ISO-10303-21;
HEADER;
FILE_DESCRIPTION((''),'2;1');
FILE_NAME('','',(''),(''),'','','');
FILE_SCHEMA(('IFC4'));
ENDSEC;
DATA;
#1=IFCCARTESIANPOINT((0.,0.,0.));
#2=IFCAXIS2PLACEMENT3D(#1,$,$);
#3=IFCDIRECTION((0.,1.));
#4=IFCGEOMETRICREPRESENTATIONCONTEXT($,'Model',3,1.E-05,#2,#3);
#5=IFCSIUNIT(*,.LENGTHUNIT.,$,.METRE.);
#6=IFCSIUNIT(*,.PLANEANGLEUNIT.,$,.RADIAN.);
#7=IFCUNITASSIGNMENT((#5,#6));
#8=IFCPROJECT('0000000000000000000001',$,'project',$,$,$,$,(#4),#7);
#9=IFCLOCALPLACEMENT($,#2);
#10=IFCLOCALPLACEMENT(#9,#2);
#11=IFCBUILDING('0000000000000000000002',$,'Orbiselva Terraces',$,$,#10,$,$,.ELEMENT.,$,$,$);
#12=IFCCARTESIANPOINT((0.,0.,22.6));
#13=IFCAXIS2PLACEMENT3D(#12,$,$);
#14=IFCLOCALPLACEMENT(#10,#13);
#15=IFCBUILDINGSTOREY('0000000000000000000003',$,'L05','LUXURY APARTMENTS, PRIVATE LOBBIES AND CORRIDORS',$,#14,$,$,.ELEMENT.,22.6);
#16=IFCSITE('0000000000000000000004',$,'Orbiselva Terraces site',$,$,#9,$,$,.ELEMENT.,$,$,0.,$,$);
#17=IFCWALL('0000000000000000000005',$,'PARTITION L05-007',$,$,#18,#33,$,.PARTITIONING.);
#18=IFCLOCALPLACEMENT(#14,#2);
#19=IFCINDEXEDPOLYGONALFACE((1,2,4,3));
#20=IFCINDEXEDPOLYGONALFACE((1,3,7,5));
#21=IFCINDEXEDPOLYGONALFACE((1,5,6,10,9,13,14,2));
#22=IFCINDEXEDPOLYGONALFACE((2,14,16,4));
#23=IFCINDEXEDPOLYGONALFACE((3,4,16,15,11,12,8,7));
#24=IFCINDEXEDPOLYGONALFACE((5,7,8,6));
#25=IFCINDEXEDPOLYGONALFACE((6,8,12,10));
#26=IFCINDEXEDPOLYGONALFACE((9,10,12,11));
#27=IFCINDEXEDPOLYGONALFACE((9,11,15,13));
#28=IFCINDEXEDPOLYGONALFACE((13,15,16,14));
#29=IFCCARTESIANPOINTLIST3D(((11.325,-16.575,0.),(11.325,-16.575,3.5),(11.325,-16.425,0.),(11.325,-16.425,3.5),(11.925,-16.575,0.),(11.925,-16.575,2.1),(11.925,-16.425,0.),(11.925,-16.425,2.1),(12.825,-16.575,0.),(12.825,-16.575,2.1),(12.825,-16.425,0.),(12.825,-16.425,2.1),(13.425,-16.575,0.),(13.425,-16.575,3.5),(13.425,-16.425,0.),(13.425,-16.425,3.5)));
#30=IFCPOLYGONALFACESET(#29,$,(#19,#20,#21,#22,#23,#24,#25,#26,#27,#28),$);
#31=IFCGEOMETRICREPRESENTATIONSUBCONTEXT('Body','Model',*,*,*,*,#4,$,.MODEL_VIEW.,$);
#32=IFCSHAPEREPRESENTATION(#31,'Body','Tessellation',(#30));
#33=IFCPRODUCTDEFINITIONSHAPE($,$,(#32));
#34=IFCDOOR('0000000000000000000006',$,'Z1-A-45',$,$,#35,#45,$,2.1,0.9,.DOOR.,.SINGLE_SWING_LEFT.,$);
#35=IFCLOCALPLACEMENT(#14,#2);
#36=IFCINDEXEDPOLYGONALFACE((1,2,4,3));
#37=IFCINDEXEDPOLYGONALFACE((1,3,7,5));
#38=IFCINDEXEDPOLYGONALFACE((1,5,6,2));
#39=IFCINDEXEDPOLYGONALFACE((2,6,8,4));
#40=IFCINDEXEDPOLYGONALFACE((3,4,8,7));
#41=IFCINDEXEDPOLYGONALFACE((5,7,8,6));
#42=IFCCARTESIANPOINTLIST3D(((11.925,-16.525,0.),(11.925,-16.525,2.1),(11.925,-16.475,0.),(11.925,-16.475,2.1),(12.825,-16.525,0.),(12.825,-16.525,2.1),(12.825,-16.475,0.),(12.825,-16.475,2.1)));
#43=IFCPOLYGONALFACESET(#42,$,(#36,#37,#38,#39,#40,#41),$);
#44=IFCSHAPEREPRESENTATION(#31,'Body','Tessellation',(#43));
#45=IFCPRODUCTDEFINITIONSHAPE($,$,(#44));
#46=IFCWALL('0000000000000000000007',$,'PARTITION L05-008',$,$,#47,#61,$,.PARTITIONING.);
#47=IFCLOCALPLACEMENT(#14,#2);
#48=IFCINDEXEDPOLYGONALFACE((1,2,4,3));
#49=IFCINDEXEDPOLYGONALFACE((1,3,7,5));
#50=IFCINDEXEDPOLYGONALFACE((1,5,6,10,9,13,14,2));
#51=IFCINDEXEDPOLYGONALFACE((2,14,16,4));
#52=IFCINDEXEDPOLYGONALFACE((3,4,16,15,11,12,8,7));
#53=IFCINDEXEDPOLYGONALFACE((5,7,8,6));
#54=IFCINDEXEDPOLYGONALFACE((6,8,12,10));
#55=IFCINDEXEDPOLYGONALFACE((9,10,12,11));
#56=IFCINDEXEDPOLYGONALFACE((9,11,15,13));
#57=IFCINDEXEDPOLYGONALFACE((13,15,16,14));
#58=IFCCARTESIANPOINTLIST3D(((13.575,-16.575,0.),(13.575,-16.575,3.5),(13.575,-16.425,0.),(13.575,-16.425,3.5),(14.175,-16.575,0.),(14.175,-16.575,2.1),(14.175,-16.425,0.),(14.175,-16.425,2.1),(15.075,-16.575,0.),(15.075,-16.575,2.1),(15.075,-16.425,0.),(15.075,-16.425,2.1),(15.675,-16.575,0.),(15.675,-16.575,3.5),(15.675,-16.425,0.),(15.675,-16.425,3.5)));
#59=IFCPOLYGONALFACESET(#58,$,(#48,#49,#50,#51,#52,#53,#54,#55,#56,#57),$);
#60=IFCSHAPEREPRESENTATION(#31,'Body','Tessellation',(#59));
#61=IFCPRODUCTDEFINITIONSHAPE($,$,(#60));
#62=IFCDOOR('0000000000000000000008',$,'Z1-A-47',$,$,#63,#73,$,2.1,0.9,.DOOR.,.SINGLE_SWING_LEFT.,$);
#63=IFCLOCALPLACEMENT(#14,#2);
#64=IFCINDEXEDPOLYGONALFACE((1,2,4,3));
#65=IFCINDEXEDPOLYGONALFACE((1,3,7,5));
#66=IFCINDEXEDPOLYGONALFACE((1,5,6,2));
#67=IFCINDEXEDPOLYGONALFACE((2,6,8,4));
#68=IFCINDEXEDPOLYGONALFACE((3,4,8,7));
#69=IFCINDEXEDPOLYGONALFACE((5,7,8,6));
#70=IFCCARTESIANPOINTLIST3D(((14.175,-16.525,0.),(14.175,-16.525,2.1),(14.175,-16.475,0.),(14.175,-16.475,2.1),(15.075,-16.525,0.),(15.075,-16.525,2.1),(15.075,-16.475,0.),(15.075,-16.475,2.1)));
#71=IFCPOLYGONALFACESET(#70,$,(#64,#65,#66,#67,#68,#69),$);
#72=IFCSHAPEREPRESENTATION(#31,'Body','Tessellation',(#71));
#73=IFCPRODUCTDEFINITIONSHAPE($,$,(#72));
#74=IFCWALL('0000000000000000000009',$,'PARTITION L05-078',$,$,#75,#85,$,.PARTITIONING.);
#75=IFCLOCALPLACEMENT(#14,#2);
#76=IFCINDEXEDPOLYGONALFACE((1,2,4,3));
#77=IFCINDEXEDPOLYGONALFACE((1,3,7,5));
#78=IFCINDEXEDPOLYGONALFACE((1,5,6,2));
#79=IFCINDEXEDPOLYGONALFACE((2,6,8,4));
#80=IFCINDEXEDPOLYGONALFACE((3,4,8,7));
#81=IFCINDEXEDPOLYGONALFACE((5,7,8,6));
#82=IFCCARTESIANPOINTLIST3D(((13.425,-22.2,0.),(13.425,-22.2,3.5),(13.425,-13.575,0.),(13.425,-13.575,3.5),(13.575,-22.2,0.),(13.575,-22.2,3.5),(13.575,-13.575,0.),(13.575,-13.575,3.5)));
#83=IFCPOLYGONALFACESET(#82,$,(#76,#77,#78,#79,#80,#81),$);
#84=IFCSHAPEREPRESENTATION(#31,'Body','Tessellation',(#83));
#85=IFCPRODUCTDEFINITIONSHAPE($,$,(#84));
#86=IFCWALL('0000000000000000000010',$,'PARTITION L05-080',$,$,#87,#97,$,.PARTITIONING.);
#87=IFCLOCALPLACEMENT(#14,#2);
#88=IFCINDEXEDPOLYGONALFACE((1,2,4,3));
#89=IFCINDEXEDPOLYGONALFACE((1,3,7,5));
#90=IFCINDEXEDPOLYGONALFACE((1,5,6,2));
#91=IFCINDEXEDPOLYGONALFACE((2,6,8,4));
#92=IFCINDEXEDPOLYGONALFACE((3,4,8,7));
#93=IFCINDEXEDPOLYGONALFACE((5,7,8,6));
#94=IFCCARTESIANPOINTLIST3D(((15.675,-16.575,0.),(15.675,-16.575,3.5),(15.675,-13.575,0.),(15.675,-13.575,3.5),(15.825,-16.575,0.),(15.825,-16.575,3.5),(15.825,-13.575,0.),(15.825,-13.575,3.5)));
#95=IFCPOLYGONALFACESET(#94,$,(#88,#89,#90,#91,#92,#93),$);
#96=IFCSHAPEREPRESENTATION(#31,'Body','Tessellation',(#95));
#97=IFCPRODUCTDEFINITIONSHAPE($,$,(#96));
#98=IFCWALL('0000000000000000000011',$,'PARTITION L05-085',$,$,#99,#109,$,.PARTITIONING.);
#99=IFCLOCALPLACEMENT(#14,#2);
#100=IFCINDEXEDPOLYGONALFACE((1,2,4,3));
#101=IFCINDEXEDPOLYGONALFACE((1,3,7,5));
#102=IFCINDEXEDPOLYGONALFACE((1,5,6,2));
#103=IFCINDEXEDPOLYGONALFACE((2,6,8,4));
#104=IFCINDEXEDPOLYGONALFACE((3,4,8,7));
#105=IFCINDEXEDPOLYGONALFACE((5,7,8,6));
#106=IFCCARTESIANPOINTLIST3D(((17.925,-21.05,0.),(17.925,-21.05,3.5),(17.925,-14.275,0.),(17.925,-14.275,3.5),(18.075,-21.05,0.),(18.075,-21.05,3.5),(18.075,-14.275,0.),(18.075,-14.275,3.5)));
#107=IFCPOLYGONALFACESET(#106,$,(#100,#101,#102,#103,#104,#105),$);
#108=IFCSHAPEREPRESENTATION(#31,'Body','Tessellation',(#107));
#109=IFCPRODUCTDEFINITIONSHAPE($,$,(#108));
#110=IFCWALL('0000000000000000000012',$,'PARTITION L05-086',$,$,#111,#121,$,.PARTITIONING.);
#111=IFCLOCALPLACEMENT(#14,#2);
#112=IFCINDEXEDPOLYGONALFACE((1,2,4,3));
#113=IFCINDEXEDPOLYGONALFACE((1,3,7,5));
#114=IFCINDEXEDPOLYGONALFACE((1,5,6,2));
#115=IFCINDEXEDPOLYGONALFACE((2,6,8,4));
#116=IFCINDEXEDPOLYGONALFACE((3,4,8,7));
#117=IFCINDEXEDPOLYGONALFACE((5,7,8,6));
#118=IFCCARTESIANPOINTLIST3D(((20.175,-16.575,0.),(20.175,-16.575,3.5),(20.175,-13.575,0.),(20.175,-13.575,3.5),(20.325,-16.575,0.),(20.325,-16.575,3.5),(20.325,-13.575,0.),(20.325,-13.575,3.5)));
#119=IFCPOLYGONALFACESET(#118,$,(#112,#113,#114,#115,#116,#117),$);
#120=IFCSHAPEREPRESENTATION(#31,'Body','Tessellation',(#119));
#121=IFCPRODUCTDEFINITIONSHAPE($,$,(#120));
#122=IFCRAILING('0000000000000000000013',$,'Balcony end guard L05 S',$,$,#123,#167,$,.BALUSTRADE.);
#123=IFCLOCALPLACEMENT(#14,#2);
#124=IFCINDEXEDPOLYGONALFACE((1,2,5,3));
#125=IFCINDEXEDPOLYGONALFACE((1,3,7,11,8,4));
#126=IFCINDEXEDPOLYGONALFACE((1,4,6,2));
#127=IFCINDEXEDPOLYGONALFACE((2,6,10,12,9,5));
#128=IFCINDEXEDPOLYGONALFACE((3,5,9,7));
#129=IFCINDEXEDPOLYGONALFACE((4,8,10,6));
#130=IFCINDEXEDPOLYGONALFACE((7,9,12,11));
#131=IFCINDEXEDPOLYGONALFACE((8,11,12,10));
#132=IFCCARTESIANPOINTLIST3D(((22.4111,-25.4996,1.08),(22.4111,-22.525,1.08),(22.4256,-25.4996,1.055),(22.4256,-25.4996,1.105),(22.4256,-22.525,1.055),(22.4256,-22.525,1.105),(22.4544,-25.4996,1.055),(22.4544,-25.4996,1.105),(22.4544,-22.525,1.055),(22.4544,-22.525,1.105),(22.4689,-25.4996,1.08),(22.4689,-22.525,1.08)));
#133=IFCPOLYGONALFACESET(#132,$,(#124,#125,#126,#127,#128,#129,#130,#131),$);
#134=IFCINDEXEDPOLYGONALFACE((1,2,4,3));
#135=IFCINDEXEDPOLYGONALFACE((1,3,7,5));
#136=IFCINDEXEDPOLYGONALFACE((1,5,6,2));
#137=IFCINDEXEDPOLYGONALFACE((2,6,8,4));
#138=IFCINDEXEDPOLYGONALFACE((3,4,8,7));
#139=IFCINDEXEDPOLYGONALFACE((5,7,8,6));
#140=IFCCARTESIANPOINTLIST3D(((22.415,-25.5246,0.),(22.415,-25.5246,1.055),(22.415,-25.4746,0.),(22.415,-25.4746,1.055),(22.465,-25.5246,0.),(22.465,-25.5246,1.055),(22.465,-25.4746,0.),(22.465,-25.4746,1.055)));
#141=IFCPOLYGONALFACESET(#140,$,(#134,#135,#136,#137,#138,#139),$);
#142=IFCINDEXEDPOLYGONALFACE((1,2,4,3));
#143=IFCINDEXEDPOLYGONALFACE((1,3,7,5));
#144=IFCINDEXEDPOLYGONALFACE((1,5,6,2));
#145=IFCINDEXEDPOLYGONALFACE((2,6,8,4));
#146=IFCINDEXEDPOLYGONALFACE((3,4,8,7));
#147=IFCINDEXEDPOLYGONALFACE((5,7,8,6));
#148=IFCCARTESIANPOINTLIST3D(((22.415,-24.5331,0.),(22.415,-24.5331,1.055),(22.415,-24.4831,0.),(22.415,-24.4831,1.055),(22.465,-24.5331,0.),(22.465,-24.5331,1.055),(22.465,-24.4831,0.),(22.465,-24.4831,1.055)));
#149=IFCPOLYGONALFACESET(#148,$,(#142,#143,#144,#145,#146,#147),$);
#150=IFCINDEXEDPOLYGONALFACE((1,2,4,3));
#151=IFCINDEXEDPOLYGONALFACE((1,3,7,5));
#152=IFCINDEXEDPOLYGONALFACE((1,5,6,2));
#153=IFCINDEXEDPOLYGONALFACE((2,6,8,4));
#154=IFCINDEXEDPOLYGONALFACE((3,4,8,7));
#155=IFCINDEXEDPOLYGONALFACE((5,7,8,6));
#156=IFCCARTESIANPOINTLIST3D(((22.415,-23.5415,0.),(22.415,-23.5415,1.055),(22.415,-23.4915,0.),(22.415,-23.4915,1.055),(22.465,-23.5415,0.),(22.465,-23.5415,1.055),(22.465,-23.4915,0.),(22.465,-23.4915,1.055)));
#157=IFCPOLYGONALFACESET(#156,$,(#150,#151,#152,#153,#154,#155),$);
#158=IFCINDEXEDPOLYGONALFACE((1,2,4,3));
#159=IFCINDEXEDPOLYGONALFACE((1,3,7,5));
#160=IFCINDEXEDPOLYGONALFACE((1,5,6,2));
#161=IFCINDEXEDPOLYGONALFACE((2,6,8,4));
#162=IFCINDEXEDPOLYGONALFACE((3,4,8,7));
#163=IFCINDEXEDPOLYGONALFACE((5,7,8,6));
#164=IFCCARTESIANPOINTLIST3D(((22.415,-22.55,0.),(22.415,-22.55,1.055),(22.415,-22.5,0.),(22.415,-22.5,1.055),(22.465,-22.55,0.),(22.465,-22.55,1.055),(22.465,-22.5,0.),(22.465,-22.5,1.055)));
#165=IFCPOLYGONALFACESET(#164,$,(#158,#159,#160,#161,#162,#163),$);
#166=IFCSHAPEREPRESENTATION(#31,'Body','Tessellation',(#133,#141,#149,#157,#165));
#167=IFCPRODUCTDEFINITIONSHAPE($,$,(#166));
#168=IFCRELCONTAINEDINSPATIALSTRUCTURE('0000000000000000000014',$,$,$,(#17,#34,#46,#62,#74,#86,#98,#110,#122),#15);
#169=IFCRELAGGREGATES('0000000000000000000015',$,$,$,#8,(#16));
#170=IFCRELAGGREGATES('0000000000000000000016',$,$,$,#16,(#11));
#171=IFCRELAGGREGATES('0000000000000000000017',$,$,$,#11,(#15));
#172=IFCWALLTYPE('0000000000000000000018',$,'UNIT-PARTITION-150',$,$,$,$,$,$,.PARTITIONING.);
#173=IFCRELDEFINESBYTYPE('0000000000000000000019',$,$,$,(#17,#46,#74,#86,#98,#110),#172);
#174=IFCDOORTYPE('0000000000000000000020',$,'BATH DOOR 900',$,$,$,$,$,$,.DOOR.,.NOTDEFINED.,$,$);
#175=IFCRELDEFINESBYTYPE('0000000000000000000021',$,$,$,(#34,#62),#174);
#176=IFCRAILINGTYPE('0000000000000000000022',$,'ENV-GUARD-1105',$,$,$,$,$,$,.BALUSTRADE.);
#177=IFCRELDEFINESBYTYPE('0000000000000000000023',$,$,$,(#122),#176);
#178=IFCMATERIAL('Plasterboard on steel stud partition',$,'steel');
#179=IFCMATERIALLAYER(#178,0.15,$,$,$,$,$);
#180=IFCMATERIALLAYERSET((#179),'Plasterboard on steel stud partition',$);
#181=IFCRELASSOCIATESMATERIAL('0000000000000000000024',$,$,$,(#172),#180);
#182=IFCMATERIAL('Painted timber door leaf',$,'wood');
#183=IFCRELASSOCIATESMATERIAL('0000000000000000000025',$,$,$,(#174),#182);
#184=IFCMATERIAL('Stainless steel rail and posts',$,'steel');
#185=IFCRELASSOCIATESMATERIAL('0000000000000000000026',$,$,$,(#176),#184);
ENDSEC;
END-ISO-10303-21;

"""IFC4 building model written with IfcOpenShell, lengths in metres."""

from ifc_helpers import new_model, si_unit, direction, frame, frame_2d, origin, origin_2d, place, context, subcontext, project, spatial, polyline, rectangle, outline, extrude, material, layer, layer_set, type_object, element, fill, save


model = new_model("IFC4")

# Units and contexts
model_context = context("Model", 3, precision=1e-05, world=origin(), true_north=direction((0.0, 1.0)))
body_context = subcontext(model_context, "Body", "Model", "MODEL_VIEW")
ifc_project = project(units=[si_unit("LENGTHUNIT", "METRE"), si_unit("PLANEANGLEUNIT", "RADIAN")], contexts=[model_context])

# Site, building, storey
site_placement = place(None, origin())
site = spatial("IfcSite", under=ifc_project, at=site_placement, Name="Orbiselva Terraces site", CompositionType="ELEMENT", RefElevation=0.0)
building_placement = place(site_placement, origin())
building = spatial("IfcBuilding", under=site, at=building_placement, Name="Orbiselva Terraces", CompositionType="ELEMENT")
storey_placement = place(building_placement, frame((0.0, 0.0, 22.6)))
storey = spatial("IfcBuildingStorey", under=building, at=storey_placement, Name="L05", Description="LUXURY APARTMENTS, PRIVATE LOBBIES AND CORRIDORS", CompositionType="ELEMENT", Elevation=22.6)

# Walls, openings, doors
ifc_material_1 = material(Name="Plasterboard on steel stud partition", Category="steel")
ifc_layer_1 = layer(ifc_material_1, 0.15)
ifc_layer_set_1 = layer_set([ifc_layer_1], Name="Plasterboard on steel stud partition")
wall_type_1 = type_object("IfcWallType", Name="UNIT-PARTITION-150", PredefinedType="PARTITIONING", material=ifc_layer_set_1)
wall_1_placement = place(storey_placement, frame((11.325, -16.5, 0.0), z_axis=(0.0, 0.0, 1.0), x_axis=(1.0, 0.0, 0.0)))
wall_1 = element("IfcWall", 1, at=wall_1_placement, inside=storey, type_object=wall_type_1, Name="PARTITION L05-007", PredefinedType="PARTITIONING", context=body_context, shape_type="SweptSolid", body=[
    extrude(rectangle(XDim=2.1, YDim=0.15, at=frame_2d((1.05, 0.0))), origin(), (0.0, 0.0, 1.0), 3.5),
])
opening_1_placement = place(wall_1_placement, frame((0.6, 0.0, 0.0)))
opening_1 = element("IfcOpeningElement", 2, at=opening_1_placement, cuts=wall_1, PredefinedType="OPENING", context=body_context, shape_type="SweptSolid", body=[
    extrude(rectangle(XDim=0.9, YDim=2.1, at=frame_2d((0.45, 1.05))), frame((0.0, 0.085, 0.0), z_axis=(0.0, -1.0, 0.0), x_axis=(1.0, 0.0, 0.0)), (0.0, 0.0, 1.0), 0.17),
])
ifc_material_2 = material(Name="Painted timber door leaf", Category="wood")
door_type_1 = type_object("IfcDoorType", Name="BATH DOOR 900", OperationType="NOTDEFINED", PredefinedType="DOOR", material=ifc_material_2)
door_1_placement = place(opening_1_placement, origin())
door_1 = element("IfcDoor", 3, at=door_1_placement, inside=storey, type_object=door_type_1, Name="Z1-A-45", OperationType="SINGLE_SWING_LEFT", OverallHeight=2.1, OverallWidth=0.9, PredefinedType="DOOR", context=body_context, shape_type="SweptSolid", body=[
    extrude(rectangle(XDim=0.9, YDim=2.1, at=frame_2d((0.45, 1.05))), frame((0.0, 0.025, 0.0), z_axis=(0.0, -1.0, 0.0), x_axis=(1.0, 0.0, 0.0)), (0.0, 0.0, 1.0), 0.05),
])
fill(opening_1, door_1)
wall_2_placement = place(storey_placement, frame((13.575, -16.5, 0.0), z_axis=(0.0, 0.0, 1.0), x_axis=(1.0, 0.0, 0.0)))
wall_2 = element("IfcWall", 4, at=wall_2_placement, inside=storey, type_object=wall_type_1, Name="PARTITION L05-008", PredefinedType="PARTITIONING", context=body_context, shape_type="SweptSolid", body=[
    extrude(rectangle(XDim=2.1, YDim=0.15, at=frame_2d((1.05, 0.0))), origin(), (0.0, 0.0, 1.0), 3.5),
])
opening_2_placement = place(wall_2_placement, frame((0.6, 0.0, 0.0)))
opening_2 = element("IfcOpeningElement", 5, at=opening_2_placement, cuts=wall_2, PredefinedType="OPENING", context=body_context, shape_type="SweptSolid", body=[
    extrude(rectangle(XDim=0.9, YDim=2.1, at=frame_2d((0.45, 1.05))), frame((0.0, 0.085, 0.0), z_axis=(0.0, -1.0, 0.0), x_axis=(1.0, 0.0, 0.0)), (0.0, 0.0, 1.0), 0.17),
])
door_2_placement = place(opening_2_placement, origin())
door_2 = element("IfcDoor", 6, at=door_2_placement, inside=storey, type_object=door_type_1, Name="Z1-A-47", OperationType="SINGLE_SWING_LEFT", OverallHeight=2.1, OverallWidth=0.9, PredefinedType="DOOR", context=body_context, shape_type="SweptSolid", body=[
    extrude(rectangle(XDim=0.9, YDim=2.1, at=frame_2d((0.45, 1.05))), frame((0.0, 0.025, 0.0), z_axis=(0.0, -1.0, 0.0), x_axis=(1.0, 0.0, 0.0)), (0.0, 0.0, 1.0), 0.05),
])
fill(opening_2, door_2)

# Walls
wall_3_placement = place(storey_placement, frame((13.5, -22.2, 0.0), z_axis=(0.0, 0.0, 1.0), x_axis=(0.0, 1.0, 0.0)))
element("IfcWall", 7, at=wall_3_placement, inside=storey, type_object=wall_type_1, Name="PARTITION L05-078", PredefinedType="PARTITIONING", context=body_context, shape_type="SweptSolid", body=[
    extrude(rectangle(XDim=8.625, YDim=0.15, at=frame_2d((4.3125, 0.0))), origin(), (0.0, 0.0, 1.0), 3.5),
])
wall_4_placement = place(storey_placement, frame((15.75, -16.575, 0.0), z_axis=(0.0, 0.0, 1.0), x_axis=(0.0, 1.0, 0.0)))
element("IfcWall", 8, at=wall_4_placement, inside=storey, type_object=wall_type_1, Name="PARTITION L05-080", PredefinedType="PARTITIONING", context=body_context, shape_type="SweptSolid", body=[
    extrude(rectangle(XDim=3.0, YDim=0.15, at=frame_2d((1.5, 0.0))), origin(), (0.0, 0.0, 1.0), 3.5),
])
wall_5_placement = place(storey_placement, frame((18.0, -21.05, 0.0), z_axis=(0.0, 0.0, 1.0), x_axis=(0.0, 1.0, 0.0)))
element("IfcWall", 9, at=wall_5_placement, inside=storey, type_object=wall_type_1, Name="PARTITION L05-085", PredefinedType="PARTITIONING", context=body_context, shape_type="SweptSolid", body=[
    extrude(rectangle(XDim=6.775, YDim=0.15, at=frame_2d((3.3875, 0.0))), origin(), (0.0, 0.0, 1.0), 3.5),
])
wall_6_placement = place(storey_placement, frame((20.25, -16.575, 0.0), z_axis=(0.0, 0.0, 1.0), x_axis=(0.0, 1.0, 0.0)))
element("IfcWall", 10, at=wall_6_placement, inside=storey, type_object=wall_type_1, Name="PARTITION L05-086", PredefinedType="PARTITIONING", context=body_context, shape_type="SweptSolid", body=[
    extrude(rectangle(XDim=3.0, YDim=0.15, at=frame_2d((1.5, 0.0))), origin(), (0.0, 0.0, 1.0), 3.5),
])

# Railing
ifc_material_3 = material(Name="Stainless steel rail and posts", Category="steel")
railing_type_1 = type_object("IfcRailingType", Name="ENV-GUARD-1105", PredefinedType="BALUSTRADE", material=ifc_material_3)
railing_1_placement = place(storey_placement, frame((22.44, -25.4996, 0.0)))
element("IfcRailing", 11, at=railing_1_placement, inside=storey, type_object=railing_type_1, Name="Balcony end guard L05 S", PredefinedType="BALUSTRADE", context=body_context, shape_type="SweptSolid", body=[
    extrude(outline(polyline([(0.0289, 0.0), (0.0144, 0.025), (-0.0144, 0.025), (-0.0289, 0.0), (-0.0144, -0.025), (0.0144, -0.025), (0.0289, 0.0)])), frame((0.0, 0.0, 1.08), z_axis=(0.0, 1.0, 0.0), x_axis=(-1.0, 0.0, 0.0)), (0.0, 0.0, 1.0), 2.9746),
    extrude(rectangle(XDim=0.05, YDim=0.05, at=origin_2d()), origin(), (0.0, 0.0, 1.0), 1.055),
    extrude(rectangle(XDim=0.05, YDim=0.05, at=origin_2d()), frame((0.0, 0.9915, 0.0)), (0.0, 0.0, 1.0), 1.055),
    extrude(rectangle(XDim=0.05, YDim=0.05, at=origin_2d()), frame((0.0, 1.9831, 0.0)), (0.0, 0.0, 1.0), 1.055),
    extrude(rectangle(XDim=0.05, YDim=0.05, at=origin_2d()), frame((0.0, 2.9746, 0.0)), (0.0, 0.0, 1.0), 1.055),
])

save(model, "model.ifc")
